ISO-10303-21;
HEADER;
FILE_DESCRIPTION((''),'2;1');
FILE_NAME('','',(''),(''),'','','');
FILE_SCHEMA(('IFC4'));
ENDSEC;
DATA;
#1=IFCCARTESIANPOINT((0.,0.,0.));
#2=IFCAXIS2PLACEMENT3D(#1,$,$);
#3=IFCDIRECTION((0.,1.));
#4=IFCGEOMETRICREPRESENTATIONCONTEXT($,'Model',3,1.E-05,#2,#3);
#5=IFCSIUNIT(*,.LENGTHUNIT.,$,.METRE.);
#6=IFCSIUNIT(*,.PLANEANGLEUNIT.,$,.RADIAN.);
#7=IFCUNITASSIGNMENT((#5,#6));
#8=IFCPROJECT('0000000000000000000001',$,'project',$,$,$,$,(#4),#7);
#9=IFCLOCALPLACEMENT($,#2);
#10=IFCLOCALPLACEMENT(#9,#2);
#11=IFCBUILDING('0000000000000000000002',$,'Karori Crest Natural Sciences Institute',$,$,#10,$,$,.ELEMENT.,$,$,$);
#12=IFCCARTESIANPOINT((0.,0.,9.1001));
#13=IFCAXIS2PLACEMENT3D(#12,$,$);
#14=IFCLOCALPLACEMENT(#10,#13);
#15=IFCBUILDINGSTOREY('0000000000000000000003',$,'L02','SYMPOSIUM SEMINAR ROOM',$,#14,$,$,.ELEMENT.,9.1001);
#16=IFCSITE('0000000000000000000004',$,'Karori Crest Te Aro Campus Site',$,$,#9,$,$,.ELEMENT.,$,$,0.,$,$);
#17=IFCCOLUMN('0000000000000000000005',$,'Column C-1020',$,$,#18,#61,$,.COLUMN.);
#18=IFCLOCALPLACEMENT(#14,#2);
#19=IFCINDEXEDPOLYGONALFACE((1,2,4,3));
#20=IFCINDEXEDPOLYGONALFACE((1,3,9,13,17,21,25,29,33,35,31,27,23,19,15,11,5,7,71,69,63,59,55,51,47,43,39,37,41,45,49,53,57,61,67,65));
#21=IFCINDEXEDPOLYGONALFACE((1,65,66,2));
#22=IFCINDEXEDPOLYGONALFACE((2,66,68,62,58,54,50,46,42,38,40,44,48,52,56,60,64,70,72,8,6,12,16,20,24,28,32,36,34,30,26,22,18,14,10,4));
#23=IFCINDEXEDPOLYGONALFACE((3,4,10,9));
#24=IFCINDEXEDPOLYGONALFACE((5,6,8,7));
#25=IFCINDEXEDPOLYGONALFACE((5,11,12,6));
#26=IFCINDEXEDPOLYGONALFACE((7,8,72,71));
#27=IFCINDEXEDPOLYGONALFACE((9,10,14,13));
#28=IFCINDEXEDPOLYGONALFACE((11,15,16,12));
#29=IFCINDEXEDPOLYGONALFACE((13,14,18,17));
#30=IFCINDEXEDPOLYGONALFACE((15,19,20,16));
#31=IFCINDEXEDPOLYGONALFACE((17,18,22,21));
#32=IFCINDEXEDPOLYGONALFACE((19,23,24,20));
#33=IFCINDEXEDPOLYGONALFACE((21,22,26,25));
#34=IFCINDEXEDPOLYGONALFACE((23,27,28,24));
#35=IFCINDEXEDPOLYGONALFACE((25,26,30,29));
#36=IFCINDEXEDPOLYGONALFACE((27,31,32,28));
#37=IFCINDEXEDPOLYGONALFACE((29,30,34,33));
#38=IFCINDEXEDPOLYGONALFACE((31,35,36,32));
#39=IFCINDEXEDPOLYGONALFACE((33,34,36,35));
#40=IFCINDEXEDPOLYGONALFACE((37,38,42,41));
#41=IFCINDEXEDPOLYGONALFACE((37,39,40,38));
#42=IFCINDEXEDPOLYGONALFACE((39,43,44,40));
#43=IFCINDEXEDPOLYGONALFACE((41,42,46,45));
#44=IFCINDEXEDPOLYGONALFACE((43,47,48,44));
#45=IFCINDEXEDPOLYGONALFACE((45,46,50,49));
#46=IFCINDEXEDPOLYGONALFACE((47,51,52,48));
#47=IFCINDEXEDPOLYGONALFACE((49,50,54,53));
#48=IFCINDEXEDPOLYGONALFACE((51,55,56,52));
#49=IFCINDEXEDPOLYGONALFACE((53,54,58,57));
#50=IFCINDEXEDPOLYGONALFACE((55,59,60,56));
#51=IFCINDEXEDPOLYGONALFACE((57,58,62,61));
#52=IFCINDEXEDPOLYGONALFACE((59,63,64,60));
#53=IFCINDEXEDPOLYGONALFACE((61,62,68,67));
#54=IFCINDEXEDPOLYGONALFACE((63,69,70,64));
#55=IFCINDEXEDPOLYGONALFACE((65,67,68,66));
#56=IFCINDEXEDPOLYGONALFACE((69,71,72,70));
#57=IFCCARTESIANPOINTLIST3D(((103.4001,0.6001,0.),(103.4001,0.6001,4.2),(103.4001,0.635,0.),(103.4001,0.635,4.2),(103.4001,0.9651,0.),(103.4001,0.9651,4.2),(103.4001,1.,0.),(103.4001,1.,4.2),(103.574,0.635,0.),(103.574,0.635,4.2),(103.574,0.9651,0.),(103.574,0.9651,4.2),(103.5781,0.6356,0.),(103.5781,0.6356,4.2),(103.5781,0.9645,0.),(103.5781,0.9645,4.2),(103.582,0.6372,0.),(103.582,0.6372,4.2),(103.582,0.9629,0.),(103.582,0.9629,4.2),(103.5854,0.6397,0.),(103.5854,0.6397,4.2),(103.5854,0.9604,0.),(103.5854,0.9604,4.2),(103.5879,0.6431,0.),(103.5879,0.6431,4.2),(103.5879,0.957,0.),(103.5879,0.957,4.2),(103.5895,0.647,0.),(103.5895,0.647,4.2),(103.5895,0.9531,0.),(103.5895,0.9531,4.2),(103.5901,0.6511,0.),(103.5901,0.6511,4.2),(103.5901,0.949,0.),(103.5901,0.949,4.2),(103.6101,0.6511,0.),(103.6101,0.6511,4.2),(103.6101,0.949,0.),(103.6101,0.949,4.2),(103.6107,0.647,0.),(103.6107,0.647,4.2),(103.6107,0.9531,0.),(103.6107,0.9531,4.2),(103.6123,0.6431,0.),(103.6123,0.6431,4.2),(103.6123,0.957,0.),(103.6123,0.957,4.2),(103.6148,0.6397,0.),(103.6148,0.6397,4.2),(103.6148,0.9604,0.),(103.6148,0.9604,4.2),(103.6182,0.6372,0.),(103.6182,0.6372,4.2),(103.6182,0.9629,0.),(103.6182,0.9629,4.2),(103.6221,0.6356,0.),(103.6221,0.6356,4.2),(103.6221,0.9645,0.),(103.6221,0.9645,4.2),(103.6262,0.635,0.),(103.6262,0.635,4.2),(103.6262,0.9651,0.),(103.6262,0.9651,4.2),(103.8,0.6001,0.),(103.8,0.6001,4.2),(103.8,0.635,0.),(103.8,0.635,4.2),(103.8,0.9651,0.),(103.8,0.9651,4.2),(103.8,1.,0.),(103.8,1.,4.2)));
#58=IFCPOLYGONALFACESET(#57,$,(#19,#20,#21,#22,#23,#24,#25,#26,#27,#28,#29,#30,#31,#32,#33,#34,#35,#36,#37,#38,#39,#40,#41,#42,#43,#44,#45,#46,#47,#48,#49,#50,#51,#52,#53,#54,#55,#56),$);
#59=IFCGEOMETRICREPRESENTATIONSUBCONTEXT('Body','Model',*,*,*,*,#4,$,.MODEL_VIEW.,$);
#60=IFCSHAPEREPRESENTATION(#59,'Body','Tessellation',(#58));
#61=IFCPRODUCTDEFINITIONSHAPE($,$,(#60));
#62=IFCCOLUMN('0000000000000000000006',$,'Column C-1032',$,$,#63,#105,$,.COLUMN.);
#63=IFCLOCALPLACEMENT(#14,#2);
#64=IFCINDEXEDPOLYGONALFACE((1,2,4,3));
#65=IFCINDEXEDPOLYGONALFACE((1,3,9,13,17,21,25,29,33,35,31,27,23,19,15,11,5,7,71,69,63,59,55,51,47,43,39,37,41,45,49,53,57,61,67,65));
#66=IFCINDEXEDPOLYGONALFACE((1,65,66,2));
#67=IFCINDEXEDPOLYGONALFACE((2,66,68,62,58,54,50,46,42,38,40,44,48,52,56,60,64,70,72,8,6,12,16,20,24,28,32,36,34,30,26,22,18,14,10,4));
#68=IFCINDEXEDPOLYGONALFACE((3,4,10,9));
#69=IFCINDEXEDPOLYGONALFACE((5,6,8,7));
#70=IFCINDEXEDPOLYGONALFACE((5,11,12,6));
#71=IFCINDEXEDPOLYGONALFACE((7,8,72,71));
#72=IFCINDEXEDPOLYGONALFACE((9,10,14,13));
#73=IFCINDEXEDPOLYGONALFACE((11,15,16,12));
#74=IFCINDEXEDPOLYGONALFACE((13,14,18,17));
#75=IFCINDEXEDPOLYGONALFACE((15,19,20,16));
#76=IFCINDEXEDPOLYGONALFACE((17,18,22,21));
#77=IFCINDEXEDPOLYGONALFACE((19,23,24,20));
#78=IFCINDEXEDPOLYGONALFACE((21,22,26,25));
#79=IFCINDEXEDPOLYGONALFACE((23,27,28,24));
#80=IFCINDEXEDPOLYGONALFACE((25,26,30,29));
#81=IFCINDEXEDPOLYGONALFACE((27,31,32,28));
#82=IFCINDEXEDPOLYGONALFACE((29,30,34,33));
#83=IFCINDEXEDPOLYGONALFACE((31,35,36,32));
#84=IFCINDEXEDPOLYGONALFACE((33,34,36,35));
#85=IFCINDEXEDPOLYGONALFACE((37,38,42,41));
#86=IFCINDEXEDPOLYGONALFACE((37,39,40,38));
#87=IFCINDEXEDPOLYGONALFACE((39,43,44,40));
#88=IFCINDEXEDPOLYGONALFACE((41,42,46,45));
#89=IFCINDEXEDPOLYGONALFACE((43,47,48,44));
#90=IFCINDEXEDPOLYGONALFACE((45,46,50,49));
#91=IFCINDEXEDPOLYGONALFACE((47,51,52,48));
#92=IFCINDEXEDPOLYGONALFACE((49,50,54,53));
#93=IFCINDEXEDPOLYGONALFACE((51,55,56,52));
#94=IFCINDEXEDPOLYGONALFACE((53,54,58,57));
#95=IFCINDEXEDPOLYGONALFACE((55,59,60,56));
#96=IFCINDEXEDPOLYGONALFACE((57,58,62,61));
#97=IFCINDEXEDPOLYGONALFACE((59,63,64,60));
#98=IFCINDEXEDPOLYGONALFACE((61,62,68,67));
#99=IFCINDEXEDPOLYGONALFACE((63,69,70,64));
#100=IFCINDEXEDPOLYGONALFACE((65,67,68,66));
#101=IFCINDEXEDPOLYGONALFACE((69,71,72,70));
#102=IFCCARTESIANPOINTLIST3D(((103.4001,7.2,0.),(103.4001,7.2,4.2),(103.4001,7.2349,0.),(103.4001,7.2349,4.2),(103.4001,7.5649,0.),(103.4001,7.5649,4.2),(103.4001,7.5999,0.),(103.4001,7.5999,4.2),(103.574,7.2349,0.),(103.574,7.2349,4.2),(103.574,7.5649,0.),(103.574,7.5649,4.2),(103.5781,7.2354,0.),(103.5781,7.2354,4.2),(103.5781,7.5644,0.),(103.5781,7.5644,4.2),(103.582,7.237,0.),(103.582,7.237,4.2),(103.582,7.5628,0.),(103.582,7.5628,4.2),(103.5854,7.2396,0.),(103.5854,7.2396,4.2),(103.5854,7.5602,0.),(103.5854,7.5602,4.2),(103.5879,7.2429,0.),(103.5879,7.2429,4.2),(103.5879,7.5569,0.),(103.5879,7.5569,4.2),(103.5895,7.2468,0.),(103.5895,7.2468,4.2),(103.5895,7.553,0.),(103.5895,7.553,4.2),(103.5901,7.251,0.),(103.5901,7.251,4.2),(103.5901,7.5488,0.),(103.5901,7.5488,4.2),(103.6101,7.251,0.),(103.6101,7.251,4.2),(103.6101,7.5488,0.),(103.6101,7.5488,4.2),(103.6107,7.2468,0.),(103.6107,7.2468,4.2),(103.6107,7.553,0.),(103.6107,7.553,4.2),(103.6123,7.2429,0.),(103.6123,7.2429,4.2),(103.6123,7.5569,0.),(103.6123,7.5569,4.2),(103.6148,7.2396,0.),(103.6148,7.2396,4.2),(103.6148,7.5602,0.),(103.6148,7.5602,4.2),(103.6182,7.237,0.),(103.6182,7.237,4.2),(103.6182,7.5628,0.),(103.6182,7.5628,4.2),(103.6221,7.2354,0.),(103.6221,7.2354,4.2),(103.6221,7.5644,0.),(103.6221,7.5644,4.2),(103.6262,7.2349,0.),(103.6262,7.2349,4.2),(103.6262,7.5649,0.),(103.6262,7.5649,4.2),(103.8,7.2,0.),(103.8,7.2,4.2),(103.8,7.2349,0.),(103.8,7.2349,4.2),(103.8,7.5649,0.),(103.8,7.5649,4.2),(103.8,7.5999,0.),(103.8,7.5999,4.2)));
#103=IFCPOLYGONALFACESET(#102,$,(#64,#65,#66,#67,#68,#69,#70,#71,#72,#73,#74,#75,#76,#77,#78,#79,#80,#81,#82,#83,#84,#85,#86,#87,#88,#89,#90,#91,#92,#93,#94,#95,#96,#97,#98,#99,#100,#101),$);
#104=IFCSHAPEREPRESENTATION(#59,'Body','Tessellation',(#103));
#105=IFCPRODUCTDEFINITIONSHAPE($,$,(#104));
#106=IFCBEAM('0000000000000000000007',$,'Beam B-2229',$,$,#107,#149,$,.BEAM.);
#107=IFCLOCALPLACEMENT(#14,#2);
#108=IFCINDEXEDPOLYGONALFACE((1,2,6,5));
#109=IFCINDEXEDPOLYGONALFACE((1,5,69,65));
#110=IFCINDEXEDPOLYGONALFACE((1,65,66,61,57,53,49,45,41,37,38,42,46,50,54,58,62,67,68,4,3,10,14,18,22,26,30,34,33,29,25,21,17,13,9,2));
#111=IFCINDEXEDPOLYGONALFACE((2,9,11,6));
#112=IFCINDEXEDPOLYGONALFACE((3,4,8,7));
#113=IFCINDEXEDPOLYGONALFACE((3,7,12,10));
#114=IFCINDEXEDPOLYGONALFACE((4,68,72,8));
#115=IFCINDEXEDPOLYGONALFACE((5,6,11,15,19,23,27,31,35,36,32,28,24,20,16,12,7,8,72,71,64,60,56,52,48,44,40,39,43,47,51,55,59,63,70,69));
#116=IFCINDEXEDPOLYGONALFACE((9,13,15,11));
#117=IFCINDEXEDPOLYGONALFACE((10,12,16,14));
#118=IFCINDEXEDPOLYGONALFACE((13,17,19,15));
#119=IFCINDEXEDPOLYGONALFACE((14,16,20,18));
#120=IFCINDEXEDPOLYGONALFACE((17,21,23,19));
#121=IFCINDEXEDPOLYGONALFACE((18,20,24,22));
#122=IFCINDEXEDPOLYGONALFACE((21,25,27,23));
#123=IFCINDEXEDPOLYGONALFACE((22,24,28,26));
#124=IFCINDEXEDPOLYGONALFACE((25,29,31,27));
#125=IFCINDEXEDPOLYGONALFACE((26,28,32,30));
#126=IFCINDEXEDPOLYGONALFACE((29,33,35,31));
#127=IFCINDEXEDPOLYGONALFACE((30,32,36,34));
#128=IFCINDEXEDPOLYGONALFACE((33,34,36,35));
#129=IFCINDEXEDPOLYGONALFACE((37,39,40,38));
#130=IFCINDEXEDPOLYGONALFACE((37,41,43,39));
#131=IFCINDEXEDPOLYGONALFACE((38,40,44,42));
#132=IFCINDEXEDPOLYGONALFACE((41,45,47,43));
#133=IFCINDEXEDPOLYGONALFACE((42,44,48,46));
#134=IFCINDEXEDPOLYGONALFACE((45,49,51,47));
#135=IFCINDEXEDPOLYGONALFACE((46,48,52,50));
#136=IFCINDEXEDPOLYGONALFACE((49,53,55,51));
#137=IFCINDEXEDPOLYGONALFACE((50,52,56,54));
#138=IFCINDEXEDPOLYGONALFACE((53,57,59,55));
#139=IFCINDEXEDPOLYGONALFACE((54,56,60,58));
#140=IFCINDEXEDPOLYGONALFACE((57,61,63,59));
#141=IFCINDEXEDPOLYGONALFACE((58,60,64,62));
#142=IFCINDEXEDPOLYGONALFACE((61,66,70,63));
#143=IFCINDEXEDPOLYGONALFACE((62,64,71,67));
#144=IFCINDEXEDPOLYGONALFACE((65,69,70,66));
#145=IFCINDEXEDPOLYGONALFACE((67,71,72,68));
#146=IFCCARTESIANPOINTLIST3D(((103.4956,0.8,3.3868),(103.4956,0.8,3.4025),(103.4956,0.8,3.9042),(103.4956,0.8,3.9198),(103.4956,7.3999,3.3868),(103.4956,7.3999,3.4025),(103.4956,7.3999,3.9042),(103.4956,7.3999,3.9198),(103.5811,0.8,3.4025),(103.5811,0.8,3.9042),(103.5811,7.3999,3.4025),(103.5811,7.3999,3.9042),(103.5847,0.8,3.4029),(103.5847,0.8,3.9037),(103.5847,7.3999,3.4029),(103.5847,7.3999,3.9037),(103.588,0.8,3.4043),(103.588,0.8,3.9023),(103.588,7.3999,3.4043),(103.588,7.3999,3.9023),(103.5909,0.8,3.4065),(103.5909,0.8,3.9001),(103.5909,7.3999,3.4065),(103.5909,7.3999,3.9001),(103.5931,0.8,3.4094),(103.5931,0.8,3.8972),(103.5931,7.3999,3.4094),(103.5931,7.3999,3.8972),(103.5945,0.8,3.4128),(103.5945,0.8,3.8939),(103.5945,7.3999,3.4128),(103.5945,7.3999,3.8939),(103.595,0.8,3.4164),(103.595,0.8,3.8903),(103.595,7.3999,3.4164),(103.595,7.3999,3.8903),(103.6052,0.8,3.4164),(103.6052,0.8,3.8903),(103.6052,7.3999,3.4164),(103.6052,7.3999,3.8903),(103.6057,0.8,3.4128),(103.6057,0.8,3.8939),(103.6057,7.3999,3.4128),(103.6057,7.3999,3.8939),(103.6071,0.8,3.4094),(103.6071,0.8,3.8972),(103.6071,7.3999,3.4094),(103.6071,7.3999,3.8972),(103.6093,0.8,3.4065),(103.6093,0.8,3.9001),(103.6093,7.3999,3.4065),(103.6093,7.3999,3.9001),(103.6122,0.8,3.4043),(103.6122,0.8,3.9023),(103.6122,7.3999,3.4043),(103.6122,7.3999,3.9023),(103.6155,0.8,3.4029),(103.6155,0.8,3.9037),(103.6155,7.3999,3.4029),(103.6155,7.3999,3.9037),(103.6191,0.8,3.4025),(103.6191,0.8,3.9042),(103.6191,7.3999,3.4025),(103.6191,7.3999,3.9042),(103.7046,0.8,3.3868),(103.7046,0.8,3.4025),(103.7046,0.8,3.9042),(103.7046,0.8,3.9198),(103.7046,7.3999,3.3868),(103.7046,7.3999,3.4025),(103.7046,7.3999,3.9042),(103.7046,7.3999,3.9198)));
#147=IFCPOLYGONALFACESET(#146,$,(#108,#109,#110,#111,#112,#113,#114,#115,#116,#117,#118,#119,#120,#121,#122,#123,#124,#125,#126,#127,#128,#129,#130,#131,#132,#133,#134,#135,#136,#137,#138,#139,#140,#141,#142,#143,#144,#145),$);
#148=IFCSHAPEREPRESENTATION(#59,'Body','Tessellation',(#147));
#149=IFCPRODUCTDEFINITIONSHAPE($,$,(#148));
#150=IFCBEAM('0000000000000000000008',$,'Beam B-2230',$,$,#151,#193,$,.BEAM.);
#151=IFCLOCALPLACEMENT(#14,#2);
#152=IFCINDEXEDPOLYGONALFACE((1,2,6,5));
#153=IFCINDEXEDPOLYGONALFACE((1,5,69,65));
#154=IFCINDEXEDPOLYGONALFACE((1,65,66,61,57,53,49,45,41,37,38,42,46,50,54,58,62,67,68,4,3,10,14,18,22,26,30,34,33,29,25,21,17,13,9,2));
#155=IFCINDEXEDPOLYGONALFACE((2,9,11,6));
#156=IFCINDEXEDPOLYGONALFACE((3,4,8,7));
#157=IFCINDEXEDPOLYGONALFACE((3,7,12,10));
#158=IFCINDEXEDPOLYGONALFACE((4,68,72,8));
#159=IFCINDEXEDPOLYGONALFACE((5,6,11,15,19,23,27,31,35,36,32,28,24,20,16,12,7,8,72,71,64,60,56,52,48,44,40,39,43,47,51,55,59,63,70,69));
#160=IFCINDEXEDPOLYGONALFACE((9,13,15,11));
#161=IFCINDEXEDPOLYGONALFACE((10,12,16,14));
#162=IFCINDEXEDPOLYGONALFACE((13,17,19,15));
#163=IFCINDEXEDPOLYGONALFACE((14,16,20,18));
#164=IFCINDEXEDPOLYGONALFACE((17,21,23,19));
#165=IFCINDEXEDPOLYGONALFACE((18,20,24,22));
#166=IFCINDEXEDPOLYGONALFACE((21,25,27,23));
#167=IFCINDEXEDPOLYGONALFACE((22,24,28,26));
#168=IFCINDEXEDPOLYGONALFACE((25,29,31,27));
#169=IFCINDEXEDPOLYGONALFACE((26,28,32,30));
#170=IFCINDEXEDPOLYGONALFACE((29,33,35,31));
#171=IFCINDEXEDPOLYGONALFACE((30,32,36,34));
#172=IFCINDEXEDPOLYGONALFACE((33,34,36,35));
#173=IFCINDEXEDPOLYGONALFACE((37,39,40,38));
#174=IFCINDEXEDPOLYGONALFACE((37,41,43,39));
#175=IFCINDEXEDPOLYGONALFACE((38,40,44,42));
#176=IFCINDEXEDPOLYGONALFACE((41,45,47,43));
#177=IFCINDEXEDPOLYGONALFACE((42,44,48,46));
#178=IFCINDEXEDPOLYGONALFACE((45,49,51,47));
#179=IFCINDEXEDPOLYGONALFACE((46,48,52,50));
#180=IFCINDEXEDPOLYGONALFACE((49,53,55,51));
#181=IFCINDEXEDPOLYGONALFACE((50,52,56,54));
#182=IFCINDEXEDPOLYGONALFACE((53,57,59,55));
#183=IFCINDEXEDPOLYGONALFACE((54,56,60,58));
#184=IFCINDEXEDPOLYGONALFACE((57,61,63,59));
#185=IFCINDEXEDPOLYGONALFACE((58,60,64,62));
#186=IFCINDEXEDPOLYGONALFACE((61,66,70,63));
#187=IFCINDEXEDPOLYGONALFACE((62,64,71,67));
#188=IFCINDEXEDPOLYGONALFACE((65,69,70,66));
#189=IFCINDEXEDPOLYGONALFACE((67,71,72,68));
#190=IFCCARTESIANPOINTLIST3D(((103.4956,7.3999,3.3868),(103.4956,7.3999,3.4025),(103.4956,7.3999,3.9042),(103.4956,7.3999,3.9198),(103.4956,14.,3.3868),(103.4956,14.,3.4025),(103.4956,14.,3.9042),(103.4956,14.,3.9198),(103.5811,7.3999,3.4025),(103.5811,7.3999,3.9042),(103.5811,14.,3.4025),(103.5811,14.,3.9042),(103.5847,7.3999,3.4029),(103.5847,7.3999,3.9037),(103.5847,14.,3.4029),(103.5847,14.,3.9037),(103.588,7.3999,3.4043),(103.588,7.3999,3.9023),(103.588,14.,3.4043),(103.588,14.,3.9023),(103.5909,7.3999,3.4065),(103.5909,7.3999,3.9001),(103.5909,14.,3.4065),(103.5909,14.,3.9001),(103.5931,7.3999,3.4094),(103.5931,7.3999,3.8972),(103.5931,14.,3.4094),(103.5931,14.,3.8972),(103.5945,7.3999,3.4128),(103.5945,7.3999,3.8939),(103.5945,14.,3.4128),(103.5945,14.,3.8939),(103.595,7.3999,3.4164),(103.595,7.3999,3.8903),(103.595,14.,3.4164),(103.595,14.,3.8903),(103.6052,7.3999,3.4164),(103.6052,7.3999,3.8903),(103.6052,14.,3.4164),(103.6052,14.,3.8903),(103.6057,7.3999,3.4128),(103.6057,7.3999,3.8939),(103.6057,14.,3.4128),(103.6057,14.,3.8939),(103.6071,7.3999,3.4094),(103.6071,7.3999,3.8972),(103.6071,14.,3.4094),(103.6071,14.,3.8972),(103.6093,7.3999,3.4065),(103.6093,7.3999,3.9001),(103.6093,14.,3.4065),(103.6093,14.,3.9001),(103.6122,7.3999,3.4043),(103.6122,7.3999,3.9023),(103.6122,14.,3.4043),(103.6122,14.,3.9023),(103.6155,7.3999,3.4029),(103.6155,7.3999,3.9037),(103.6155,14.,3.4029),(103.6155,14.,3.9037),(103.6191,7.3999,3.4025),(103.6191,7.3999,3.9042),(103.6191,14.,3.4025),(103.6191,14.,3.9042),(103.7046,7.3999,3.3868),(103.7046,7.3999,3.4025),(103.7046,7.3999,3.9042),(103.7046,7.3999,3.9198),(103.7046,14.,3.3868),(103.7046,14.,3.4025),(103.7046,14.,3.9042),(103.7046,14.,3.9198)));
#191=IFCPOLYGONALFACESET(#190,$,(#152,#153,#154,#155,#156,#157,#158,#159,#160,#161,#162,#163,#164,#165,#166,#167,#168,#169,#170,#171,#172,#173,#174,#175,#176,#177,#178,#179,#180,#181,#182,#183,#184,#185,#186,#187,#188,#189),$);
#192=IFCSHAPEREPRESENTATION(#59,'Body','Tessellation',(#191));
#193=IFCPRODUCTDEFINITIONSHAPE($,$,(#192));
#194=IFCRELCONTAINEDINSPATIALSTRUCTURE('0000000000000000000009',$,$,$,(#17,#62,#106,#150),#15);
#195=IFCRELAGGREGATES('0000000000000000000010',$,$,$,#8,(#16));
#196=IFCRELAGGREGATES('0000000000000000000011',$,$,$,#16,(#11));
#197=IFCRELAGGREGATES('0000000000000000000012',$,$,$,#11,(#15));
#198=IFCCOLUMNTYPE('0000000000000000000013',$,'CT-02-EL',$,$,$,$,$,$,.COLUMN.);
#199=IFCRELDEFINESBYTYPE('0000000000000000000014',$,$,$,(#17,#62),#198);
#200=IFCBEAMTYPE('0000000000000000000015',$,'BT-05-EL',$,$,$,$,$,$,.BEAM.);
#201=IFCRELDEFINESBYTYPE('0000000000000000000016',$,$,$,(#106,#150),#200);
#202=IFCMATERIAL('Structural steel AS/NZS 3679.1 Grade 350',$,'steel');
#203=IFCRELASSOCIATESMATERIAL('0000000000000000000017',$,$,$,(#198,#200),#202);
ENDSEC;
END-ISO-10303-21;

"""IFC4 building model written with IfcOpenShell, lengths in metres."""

from ifc_helpers import new_model, si_unit, direction, frame, origin, origin_2d, place, context, subcontext, project, spatial, i_section, extrude, material, material_profile, profile_set, type_object, element, save


model = new_model("IFC4")

# Units and contexts
model_context = context("Model", 3, precision=1e-05, world=origin(), true_north=direction((0.0, 1.0)))
body_context = subcontext(model_context, "Body", "Model", "MODEL_VIEW")
ifc_project = project(units=[si_unit("LENGTHUNIT", "METRE"), si_unit("PLANEANGLEUNIT", "RADIAN")], contexts=[model_context])

# Site, building, storey
site_placement = place(None, origin())
site = spatial("IfcSite", under=ifc_project, at=site_placement, Name="Karori Crest Te Aro Campus Site", CompositionType="ELEMENT", RefElevation=0.0)
building_placement = place(site_placement, origin())
building = spatial("IfcBuilding", under=site, at=building_placement, Name="Karori Crest Natural Sciences Institute", CompositionType="ELEMENT")
storey_placement = place(building_placement, frame((0.0, 0.0, 9.1001)))
storey = spatial("IfcBuildingStorey", under=building, at=storey_placement, Name="L02", Description="SYMPOSIUM SEMINAR ROOM", CompositionType="ELEMENT", Elevation=9.1001)

# Columns
ifc_material_1 = material(Name="Structural steel AS/NZS 3679.1 Grade 350", Category="steel")
ifc_material_profile_1 = material_profile(ifc_material_1, i_section(OverallWidth=0.3999, OverallDepth=0.3999, WebThickness=0.02, FlangeThickness=0.0349, FilletRadius=0.0161, at=origin_2d()), Name="400WC328")
ifc_profile_set_1 = profile_set([ifc_material_profile_1], Name="Structural steel AS/NZS 3679.1 Grade 350")
column_type = type_object("IfcColumnType", Name="CT-02-EL", PredefinedType="COLUMN", material=ifc_profile_set_1)
for number, where, z_axis, x_axis, name in (
    (1, (103.6001, 0.8, 0.0), (0.0, 0.0, 1.0), (1.0, 0.0, 0.0), "Column C-1020"),
    (2, (103.6001, 7.3999, 0.0), (0.0, 0.0, 1.0), (1.0, 0.0, 0.0), "Column C-1032"),
):
    element("IfcColumn", number, at=place(storey_placement, frame(where, z_axis=z_axis, x_axis=x_axis)), inside=storey, type_object=column_type, Name=name, PredefinedType="COLUMN", context=body_context, shape_type="SweptSolid", body=[
        extrude(i_section(OverallWidth=0.3999, OverallDepth=0.3999, WebThickness=0.02, FlangeThickness=0.0349, FilletRadius=0.0161, at=origin_2d()), origin(), (0.0, 0.0, 1.0), 4.2),
    ])

# Beams
ifc_material_profile_2 = material_profile(ifc_material_1, i_section(OverallWidth=0.209, OverallDepth=0.533, WebThickness=0.0103, FlangeThickness=0.0156, FilletRadius=0.0139, at=origin_2d()), Name="530UB92.4")
ifc_profile_set_2 = profile_set([ifc_material_profile_2], Name="Structural steel AS/NZS 3679.1 Grade 350")
beam_type_1 = type_object("IfcBeamType", Name="BT-05-EL", PredefinedType="BEAM", material=ifc_profile_set_2)
beam_1_placement = place(storey_placement, frame((103.6001, 0.8, 3.6533), z_axis=(0.0, 1.0, 0.0), x_axis=(-1.0, 0.0, 0.0)))
element("IfcBeam", 3, at=beam_1_placement, inside=storey, type_object=beam_type_1, Name="Beam B-2229", PredefinedType="BEAM", context=body_context, shape_type="SweptSolid", body=[
    extrude(i_section(OverallWidth=0.209, OverallDepth=0.533, WebThickness=0.0103, FlangeThickness=0.0156, FilletRadius=0.0139, at=origin_2d()), origin(), (0.0, 0.0, 1.0), 6.5999),
])
beam_2_placement = place(storey_placement, frame((103.6001, 7.3999, 3.6533), z_axis=(0.0, 1.0, 0.0), x_axis=(-1.0, 0.0, 0.0)))
element("IfcBeam", 4, at=beam_2_placement, inside=storey, type_object=beam_type_1, Name="Beam B-2230", PredefinedType="BEAM", context=body_context, shape_type="SweptSolid", body=[
    extrude(i_section(OverallWidth=0.209, OverallDepth=0.533, WebThickness=0.0103, FlangeThickness=0.0156, FilletRadius=0.0139, at=origin_2d()), origin(), (0.0, 0.0, 1.0), 6.6001),
])

save(model, "model.ifc")
